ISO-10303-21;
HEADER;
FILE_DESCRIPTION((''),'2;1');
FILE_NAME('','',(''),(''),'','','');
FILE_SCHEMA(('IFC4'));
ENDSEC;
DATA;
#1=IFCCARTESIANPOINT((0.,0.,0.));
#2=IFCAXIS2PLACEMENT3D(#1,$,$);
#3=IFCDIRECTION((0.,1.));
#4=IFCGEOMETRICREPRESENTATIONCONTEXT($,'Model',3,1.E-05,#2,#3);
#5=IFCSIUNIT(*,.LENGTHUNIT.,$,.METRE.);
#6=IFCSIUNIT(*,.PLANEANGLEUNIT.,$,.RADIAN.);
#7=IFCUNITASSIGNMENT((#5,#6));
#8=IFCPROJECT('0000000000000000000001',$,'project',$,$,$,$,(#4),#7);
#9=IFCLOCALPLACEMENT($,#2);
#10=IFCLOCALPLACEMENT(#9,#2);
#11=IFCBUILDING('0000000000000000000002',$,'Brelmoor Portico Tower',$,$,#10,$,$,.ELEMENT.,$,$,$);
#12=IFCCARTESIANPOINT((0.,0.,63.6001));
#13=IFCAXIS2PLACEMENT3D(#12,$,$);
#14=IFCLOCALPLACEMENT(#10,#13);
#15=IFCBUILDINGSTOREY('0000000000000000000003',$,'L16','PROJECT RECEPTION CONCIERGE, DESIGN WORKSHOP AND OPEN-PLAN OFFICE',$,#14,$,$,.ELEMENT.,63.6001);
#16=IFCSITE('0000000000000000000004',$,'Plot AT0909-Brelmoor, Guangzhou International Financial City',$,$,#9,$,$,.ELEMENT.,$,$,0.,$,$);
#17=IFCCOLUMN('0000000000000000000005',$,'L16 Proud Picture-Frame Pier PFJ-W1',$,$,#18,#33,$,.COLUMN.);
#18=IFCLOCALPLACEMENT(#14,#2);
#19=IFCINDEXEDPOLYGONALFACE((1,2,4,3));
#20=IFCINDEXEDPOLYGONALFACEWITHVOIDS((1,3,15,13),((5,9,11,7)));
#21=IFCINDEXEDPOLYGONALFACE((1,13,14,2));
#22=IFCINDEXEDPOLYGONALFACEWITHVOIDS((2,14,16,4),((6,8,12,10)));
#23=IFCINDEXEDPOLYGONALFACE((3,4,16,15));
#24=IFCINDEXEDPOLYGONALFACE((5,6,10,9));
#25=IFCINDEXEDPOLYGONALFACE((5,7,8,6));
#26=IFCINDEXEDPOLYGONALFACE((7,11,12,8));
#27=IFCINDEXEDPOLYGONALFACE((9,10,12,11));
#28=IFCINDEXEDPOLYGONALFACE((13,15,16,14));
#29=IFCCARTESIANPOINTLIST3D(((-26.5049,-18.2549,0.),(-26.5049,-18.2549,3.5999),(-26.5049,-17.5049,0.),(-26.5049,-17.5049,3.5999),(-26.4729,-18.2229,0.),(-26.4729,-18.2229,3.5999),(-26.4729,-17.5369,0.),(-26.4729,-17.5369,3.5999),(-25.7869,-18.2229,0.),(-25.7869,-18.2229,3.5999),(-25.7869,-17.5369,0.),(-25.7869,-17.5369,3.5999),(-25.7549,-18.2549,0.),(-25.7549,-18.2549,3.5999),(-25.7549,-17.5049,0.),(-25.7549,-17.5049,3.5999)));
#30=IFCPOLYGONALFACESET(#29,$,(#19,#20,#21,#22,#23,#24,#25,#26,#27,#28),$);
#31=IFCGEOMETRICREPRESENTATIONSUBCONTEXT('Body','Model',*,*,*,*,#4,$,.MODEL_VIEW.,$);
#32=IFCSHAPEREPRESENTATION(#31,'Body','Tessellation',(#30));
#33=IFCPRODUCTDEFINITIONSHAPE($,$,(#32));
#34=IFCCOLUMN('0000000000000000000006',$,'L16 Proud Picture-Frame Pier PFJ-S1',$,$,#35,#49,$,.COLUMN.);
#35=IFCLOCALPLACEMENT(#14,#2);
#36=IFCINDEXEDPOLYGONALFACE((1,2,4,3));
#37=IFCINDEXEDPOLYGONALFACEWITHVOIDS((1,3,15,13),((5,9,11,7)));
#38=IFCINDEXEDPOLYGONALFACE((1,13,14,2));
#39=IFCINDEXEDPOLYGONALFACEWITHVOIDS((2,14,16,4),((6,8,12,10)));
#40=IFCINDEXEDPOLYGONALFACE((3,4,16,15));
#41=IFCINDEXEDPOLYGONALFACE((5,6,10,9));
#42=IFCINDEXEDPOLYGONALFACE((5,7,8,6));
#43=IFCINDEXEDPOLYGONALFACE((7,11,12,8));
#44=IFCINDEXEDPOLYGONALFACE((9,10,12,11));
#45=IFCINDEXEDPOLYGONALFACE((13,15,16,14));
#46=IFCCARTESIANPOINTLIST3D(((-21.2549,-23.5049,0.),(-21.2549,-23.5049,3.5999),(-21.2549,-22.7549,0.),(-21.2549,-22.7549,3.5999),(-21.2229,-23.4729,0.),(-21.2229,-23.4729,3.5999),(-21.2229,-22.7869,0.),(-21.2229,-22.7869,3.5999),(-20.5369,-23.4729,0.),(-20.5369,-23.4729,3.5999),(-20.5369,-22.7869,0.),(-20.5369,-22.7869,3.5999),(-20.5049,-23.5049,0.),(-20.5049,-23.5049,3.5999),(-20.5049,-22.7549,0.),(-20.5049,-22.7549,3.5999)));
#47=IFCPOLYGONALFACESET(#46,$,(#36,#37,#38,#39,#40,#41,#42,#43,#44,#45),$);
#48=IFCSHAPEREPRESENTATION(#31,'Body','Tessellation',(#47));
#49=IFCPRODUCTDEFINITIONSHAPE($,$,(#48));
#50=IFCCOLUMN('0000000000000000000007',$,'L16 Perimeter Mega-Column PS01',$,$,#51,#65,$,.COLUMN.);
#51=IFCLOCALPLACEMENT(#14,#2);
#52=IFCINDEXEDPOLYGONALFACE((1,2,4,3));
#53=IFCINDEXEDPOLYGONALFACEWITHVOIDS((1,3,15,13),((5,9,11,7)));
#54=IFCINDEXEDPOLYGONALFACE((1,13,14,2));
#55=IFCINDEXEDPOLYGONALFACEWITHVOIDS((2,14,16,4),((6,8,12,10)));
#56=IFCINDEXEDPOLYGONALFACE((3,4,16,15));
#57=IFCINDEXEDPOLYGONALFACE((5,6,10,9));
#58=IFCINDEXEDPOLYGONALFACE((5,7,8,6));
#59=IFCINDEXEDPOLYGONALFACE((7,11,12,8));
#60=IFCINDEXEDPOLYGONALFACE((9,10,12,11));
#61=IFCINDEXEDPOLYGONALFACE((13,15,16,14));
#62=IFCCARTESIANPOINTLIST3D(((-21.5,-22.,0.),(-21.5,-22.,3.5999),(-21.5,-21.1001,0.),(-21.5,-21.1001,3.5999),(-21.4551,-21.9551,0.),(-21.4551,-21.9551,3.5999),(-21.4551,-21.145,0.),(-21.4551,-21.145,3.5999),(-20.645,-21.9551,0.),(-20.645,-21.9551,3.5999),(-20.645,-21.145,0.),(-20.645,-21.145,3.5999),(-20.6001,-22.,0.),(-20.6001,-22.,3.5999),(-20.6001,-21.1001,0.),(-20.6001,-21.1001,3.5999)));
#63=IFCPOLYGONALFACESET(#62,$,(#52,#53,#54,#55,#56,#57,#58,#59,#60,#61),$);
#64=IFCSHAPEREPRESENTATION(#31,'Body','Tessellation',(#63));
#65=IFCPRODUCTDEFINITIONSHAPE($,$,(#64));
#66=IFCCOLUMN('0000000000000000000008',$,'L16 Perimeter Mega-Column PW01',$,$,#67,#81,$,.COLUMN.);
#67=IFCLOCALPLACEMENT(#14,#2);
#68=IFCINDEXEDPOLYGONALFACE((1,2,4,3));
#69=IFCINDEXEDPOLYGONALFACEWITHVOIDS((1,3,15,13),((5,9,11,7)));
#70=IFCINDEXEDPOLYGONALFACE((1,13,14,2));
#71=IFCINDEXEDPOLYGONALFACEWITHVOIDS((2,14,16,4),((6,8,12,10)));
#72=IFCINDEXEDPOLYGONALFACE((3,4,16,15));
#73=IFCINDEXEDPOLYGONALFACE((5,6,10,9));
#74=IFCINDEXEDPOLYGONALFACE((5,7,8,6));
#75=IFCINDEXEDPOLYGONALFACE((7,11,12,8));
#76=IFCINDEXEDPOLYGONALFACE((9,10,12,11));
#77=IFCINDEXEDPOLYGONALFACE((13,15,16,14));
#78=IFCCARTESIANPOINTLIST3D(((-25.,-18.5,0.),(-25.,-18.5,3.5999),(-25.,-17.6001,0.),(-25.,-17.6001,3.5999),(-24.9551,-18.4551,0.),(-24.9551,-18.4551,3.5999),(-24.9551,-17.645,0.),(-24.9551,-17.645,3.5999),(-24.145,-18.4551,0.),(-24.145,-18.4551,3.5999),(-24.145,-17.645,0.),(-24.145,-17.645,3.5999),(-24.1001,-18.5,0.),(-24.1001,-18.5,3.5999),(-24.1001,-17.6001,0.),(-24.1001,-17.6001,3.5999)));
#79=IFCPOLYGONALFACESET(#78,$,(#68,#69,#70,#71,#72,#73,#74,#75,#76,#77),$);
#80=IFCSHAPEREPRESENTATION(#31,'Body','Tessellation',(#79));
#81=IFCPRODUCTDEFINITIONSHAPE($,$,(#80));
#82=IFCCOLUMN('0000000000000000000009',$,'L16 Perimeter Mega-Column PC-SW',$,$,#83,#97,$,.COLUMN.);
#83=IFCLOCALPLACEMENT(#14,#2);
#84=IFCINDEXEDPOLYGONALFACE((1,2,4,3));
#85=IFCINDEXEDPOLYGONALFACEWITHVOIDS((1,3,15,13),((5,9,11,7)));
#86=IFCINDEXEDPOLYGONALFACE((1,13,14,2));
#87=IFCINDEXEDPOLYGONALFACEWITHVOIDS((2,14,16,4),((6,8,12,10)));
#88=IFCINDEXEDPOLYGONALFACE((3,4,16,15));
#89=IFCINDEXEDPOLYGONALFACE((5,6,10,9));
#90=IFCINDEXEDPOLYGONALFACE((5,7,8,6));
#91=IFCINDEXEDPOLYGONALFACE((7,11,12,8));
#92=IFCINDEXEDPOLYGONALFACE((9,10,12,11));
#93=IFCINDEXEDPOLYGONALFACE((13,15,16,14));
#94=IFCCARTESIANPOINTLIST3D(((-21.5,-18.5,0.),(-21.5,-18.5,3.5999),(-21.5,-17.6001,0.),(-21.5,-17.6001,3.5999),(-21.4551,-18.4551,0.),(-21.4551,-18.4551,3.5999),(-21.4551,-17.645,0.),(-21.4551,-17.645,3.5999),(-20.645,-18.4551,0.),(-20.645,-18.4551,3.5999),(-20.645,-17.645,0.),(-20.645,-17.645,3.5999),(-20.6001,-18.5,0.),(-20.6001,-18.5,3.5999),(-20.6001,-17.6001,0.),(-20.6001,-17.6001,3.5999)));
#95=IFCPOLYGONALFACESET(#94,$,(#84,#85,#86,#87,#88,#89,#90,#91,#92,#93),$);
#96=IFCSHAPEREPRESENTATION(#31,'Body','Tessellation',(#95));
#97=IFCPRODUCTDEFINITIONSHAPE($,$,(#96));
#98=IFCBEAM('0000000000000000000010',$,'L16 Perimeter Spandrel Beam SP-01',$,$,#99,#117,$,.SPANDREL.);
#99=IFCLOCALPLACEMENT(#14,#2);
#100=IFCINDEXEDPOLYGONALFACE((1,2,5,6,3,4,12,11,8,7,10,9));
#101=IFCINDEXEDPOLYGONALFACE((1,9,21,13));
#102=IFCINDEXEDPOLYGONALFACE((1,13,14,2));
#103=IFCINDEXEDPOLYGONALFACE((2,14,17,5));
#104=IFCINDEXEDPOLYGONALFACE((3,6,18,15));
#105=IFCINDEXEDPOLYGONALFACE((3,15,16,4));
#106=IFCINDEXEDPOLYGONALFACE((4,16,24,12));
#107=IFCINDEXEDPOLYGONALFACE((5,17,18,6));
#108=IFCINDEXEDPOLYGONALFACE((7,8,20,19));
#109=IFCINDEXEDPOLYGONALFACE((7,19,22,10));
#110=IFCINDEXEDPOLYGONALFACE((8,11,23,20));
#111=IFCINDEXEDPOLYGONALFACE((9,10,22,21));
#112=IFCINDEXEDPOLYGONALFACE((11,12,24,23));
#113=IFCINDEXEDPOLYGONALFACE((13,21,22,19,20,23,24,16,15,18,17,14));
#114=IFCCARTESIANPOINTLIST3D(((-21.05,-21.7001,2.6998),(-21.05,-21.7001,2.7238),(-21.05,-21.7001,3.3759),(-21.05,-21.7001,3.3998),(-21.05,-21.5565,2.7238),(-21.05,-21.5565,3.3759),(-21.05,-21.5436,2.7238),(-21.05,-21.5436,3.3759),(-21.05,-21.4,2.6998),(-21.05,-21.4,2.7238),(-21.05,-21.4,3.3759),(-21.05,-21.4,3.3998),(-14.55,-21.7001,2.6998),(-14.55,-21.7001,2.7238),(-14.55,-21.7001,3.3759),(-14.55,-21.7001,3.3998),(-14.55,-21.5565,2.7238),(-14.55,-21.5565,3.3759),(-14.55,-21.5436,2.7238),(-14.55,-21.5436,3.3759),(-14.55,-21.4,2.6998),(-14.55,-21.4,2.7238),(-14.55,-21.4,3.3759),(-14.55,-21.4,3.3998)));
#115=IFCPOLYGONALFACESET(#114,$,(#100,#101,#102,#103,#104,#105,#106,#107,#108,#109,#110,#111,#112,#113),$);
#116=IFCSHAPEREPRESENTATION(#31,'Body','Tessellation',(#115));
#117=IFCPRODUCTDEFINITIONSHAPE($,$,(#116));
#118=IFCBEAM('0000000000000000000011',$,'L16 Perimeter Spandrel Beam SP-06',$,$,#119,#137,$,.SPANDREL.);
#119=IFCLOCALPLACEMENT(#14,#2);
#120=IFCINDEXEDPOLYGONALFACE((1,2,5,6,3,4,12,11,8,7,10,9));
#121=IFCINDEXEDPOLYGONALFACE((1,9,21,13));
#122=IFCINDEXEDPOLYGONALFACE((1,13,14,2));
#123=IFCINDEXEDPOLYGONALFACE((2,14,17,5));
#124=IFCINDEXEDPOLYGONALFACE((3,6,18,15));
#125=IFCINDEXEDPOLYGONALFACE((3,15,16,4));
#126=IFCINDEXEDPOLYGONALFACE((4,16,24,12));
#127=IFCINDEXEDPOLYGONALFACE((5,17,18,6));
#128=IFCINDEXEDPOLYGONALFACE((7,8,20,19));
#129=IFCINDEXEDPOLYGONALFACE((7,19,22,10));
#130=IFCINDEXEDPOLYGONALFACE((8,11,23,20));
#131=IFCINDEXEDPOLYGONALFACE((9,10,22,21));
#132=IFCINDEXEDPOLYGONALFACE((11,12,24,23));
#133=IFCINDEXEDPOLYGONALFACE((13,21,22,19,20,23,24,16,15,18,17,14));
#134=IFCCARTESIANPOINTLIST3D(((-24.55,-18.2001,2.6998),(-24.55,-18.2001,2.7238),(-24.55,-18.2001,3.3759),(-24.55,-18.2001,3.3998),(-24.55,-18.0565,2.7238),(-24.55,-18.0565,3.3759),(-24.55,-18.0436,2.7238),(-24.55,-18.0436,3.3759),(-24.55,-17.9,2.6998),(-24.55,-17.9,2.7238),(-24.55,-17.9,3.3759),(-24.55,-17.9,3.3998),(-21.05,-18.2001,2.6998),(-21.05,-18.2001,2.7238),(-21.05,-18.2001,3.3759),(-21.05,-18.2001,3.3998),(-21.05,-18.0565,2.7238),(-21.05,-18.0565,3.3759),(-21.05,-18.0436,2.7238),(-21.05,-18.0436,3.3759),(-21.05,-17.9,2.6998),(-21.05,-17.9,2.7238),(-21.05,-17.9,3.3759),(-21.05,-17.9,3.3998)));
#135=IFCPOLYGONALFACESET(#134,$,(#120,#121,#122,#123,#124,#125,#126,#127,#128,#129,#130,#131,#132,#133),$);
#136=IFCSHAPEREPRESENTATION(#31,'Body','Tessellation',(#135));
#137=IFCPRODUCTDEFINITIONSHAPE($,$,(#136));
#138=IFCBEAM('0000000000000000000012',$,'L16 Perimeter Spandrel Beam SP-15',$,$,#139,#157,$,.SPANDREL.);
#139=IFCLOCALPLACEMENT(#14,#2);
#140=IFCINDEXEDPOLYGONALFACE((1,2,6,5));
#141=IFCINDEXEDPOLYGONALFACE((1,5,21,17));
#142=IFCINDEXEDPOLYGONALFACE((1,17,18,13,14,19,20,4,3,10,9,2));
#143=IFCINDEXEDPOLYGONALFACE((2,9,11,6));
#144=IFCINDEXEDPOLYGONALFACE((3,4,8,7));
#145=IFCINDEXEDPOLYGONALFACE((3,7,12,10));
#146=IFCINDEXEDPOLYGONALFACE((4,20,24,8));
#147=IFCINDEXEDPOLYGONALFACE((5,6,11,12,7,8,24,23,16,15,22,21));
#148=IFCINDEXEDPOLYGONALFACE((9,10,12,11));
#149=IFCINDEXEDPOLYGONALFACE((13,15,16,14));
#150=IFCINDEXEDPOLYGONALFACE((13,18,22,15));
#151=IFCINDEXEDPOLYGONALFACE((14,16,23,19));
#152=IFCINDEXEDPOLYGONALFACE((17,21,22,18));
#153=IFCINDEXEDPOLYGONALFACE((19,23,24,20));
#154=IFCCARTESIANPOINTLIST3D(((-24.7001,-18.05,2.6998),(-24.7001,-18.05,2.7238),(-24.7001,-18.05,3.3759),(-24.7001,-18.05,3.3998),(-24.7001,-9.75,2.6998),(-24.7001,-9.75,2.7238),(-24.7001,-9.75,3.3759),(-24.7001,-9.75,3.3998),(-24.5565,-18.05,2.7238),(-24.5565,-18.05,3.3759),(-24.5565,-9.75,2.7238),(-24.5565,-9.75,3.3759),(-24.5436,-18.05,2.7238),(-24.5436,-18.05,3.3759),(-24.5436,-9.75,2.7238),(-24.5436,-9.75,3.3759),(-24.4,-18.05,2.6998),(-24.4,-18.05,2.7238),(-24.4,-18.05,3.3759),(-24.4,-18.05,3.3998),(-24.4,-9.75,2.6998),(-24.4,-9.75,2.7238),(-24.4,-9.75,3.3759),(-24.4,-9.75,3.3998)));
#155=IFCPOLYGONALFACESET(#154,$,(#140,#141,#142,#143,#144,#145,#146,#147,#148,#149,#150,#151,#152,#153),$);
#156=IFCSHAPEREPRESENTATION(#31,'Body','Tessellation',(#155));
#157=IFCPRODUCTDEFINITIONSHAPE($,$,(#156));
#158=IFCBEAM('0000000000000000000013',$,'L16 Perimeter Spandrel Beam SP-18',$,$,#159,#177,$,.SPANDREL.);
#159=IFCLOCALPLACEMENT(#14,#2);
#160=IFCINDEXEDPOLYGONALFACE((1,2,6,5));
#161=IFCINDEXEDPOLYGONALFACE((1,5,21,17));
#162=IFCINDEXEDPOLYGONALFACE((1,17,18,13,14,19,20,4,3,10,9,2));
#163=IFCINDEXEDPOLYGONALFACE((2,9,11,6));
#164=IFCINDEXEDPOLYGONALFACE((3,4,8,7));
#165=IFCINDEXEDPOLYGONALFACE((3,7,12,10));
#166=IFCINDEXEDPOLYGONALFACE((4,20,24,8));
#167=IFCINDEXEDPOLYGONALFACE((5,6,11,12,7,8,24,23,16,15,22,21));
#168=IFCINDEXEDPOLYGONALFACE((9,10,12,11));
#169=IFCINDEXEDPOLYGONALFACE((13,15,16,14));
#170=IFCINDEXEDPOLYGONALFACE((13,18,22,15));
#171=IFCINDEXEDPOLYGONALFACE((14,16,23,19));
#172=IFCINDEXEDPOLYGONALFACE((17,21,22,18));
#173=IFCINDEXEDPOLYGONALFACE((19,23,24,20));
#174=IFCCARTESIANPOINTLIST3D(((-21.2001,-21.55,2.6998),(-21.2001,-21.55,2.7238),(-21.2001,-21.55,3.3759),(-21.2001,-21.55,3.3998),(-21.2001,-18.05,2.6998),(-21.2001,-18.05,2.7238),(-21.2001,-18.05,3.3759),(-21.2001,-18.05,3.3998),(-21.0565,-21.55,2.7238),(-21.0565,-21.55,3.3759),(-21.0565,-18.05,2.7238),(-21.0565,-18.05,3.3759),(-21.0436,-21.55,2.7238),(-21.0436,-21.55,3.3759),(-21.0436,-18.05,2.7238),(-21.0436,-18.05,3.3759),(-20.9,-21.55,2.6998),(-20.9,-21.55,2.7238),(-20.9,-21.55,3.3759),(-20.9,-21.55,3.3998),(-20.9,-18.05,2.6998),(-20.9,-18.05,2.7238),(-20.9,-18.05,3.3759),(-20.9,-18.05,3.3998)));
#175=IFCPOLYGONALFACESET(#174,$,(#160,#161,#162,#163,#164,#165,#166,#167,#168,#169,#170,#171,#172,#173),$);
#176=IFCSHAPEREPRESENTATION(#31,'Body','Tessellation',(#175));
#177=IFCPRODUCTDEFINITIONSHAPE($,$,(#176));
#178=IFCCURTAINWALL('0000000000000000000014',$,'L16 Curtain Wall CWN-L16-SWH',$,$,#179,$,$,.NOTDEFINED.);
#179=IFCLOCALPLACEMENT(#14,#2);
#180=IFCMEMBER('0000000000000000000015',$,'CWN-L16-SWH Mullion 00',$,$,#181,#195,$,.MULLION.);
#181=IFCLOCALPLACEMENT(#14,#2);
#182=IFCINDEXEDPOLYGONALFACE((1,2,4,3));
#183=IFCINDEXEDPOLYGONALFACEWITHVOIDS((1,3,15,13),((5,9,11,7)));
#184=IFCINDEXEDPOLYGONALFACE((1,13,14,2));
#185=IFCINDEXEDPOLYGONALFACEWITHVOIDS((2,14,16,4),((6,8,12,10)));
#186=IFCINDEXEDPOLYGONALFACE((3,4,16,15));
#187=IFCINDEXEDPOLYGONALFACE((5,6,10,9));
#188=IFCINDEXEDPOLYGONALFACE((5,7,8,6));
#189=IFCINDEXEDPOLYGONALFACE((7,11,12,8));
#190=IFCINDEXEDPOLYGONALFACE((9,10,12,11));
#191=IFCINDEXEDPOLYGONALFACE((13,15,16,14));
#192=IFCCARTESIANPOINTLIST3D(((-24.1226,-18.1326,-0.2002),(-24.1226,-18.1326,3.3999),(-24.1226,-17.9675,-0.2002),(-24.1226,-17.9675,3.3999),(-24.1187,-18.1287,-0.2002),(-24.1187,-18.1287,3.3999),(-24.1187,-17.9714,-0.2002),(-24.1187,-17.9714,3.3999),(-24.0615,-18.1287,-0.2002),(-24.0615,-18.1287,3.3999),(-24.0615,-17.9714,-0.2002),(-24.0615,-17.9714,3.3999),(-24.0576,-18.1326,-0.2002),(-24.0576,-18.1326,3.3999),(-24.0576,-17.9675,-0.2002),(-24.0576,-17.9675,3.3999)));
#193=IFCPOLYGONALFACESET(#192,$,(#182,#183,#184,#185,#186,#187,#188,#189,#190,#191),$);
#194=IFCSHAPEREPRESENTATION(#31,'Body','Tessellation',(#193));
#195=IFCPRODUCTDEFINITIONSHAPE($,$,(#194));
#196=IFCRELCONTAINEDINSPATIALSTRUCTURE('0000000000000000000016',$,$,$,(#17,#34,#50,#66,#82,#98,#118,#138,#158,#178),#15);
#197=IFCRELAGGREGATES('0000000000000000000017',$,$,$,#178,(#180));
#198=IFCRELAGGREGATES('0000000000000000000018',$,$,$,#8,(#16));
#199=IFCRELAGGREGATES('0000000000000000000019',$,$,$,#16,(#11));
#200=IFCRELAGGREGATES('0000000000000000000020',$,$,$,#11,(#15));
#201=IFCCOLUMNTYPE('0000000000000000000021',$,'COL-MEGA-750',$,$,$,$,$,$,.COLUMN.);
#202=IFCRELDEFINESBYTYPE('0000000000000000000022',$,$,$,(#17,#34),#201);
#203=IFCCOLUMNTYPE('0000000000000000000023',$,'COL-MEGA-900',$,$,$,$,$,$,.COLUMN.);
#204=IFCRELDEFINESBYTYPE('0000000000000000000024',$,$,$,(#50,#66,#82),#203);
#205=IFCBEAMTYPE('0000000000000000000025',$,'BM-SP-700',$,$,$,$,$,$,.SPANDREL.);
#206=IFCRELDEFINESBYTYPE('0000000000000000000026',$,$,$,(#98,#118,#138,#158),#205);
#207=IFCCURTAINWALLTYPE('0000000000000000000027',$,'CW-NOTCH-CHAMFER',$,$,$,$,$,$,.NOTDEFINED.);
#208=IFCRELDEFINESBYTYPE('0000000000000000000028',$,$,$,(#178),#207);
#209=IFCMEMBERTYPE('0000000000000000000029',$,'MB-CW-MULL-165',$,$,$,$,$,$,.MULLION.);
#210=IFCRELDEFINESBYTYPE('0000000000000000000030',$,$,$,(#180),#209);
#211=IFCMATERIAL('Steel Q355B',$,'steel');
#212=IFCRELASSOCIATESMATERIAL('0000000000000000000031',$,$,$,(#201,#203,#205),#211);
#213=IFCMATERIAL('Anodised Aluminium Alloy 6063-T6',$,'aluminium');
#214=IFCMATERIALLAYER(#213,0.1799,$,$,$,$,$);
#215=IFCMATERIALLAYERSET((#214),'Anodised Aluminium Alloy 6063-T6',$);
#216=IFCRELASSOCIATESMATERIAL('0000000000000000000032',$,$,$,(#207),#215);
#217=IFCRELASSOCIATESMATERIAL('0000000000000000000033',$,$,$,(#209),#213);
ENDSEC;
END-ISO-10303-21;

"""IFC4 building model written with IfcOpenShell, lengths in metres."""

from ifc_helpers import new_model, si_unit, direction, frame, origin, origin_2d, place, context, subcontext, project, spatial, hollow_rectangle, i_section, extrude, material, layer, layer_set, material_profile, profile_set, type_object, element, aggregate, save


model = new_model("IFC4")

# Units and contexts
model_context = context("Model", 3, precision=1e-05, world=origin(), true_north=direction((0.0, 1.0)))
body_context = subcontext(model_context, "Body", "Model", "MODEL_VIEW")
ifc_project = project(units=[si_unit("LENGTHUNIT", "METRE"), si_unit("PLANEANGLEUNIT", "RADIAN")], contexts=[model_context])

# Site, building, storey
site_placement = place(None, origin())
site = spatial("IfcSite", under=ifc_project, at=site_placement, Name="Plot AT0909-Brelmoor, Guangzhou International Financial City", CompositionType="ELEMENT", RefElevation=0.0)
building_placement = place(site_placement, origin())
building = spatial("IfcBuilding", under=site, at=building_placement, Name="Brelmoor Portico Tower", CompositionType="ELEMENT")
storey_placement = place(building_placement, frame((0.0, 0.0, 63.6001)))
storey = spatial("IfcBuildingStorey", under=building, at=storey_placement, Name="L16", Description="PROJECT RECEPTION CONCIERGE, DESIGN WORKSHOP AND OPEN-PLAN OFFICE", CompositionType="ELEMENT", Elevation=63.6001)

# Columns
ifc_material_1 = material(Name="Steel Q355B", Category="steel")
ifc_material_profile_1 = material_profile(ifc_material_1, hollow_rectangle(XDim=0.75, YDim=0.75, WallThickness=0.032, at=origin_2d()), Name="BOX 750x750x32")
ifc_profile_set_1 = profile_set([ifc_material_profile_1], Name="Steel Q355B")
column_type_1 = type_object("IfcColumnType", Name="COL-MEGA-750", PredefinedType="COLUMN", material=ifc_profile_set_1)
for number, where, z_axis, x_axis, name in (
    (1, (-26.1299, -17.8799, 0.0), (0.0, 0.0, 1.0), (0.0, 1.0, 0.0), "L16 Proud Picture-Frame Pier PFJ-W1"),
    (2, (-20.8799, -23.1299, 0.0), (0.0, 0.0, 1.0), (1.0, 0.0, 0.0), "L16 Proud Picture-Frame Pier PFJ-S1"),
):
    element("IfcColumn", number, at=place(storey_placement, frame(where, z_axis=z_axis, x_axis=x_axis)), inside=storey, type_object=column_type_1, Name=name, PredefinedType="COLUMN", context=body_context, shape_type="SweptSolid", body=[
        extrude(hollow_rectangle(XDim=0.75, YDim=0.75, WallThickness=0.032, at=origin_2d()), origin(), (0.0, 0.0, 1.0), 3.5999),
    ])
ifc_material_profile_2 = material_profile(ifc_material_1, hollow_rectangle(XDim=0.8999, YDim=0.8999, WallThickness=0.0449, at=origin_2d()), Name="BOX 900x900x45")
ifc_profile_set_2 = profile_set([ifc_material_profile_2], Name="Steel Q355B")
column_type_2 = type_object("IfcColumnType", Name="COL-MEGA-900", PredefinedType="COLUMN", material=ifc_profile_set_2)
for number, where, z_axis, x_axis, name in (
    (3, (-21.05, -21.55, 0.0), (0.0, 0.0, 1.0), (1.0, 0.0, 0.0), "L16 Perimeter Mega-Column PS01"),
    (4, (-24.55, -18.05, 0.0), (0.0, 0.0, 1.0), (0.0, 1.0, 0.0), "L16 Perimeter Mega-Column PW01"),
    (5, (-21.05, -18.05, 0.0), (0.0, 0.0, 1.0), (1.0, 0.0, 0.0), "L16 Perimeter Mega-Column PC-SW"),
):
    element("IfcColumn", number, at=place(storey_placement, frame(where, z_axis=z_axis, x_axis=x_axis)), inside=storey, type_object=column_type_2, Name=name, PredefinedType="COLUMN", context=body_context, shape_type="SweptSolid", body=[
        extrude(hollow_rectangle(XDim=0.8999, YDim=0.8999, WallThickness=0.0449, at=origin_2d()), origin(), (0.0, 0.0, 1.0), 3.5999),
    ])

# Beams
ifc_material_profile_3 = material_profile(ifc_material_1, i_section(OverallWidth=0.3, OverallDepth=0.7, WebThickness=0.0129, FlangeThickness=0.0239, at=origin_2d()), Name="HN 700x300x13x24")
ifc_profile_set_3 = profile_set([ifc_material_profile_3], Name="Steel Q355B")
beam_type = type_object("IfcBeamType", Name="BM-SP-700", PredefinedType="SPANDREL", material=ifc_profile_set_3)
beam_1_placement = place(storey_placement, frame((-21.05, -21.55, 3.0498), z_axis=(1.0, 0.0, 0.0), x_axis=(0.0, 1.0, 0.0)))
element("IfcBeam", 6, at=beam_1_placement, inside=storey, type_object=beam_type, Name="L16 Perimeter Spandrel Beam SP-01", PredefinedType="SPANDREL", context=body_context, shape_type="SweptSolid", body=[
    extrude(i_section(OverallWidth=0.3, OverallDepth=0.7, WebThickness=0.0129, FlangeThickness=0.0239, at=origin_2d()), origin(), (0.0, 0.0, 1.0), 6.5),
])
beam_2_placement = place(storey_placement, frame((-24.55, -18.05, 3.0498), z_axis=(1.0, 0.0, 0.0), x_axis=(0.0, 1.0, 0.0)))
element("IfcBeam", 7, at=beam_2_placement, inside=storey, type_object=beam_type, Name="L16 Perimeter Spandrel Beam SP-06", PredefinedType="SPANDREL", context=body_context, shape_type="SweptSolid", body=[
    extrude(i_section(OverallWidth=0.3, OverallDepth=0.7, WebThickness=0.0129, FlangeThickness=0.0239, at=origin_2d()), origin(), (0.0, 0.0, 1.0), 3.5),
])
beam_3_placement = place(storey_placement, frame((-24.55, -18.05, 3.0498), z_axis=(0.0, 1.0, 0.0), x_axis=(-1.0, 0.0, 0.0)))
element("IfcBeam", 8, at=beam_3_placement, inside=storey, type_object=beam_type, Name="L16 Perimeter Spandrel Beam SP-15", PredefinedType="SPANDREL", context=body_context, shape_type="SweptSolid", body=[
    extrude(i_section(OverallWidth=0.3, OverallDepth=0.7, WebThickness=0.0129, FlangeThickness=0.0239, at=origin_2d()), origin(), (0.0, 0.0, 1.0), 8.3),
])
beam_4_placement = place(storey_placement, frame((-21.05, -21.55, 3.0498), z_axis=(0.0, 1.0, 0.0), x_axis=(-1.0, 0.0, 0.0)))
element("IfcBeam", 9, at=beam_4_placement, inside=storey, type_object=beam_type, Name="L16 Perimeter Spandrel Beam SP-18", PredefinedType="SPANDREL", context=body_context, shape_type="SweptSolid", body=[
    extrude(i_section(OverallWidth=0.3, OverallDepth=0.7, WebThickness=0.0129, FlangeThickness=0.0239, at=origin_2d()), origin(), (0.0, 0.0, 1.0), 3.5),
])

# Curtain wall, member
ifc_material_2 = material(Name="Anodised Aluminium Alloy 6063-T6", Category="aluminium")
ifc_layer_1 = layer(ifc_material_2, 0.1799)
ifc_layer_set_1 = layer_set([ifc_layer_1], Name="Anodised Aluminium Alloy 6063-T6")
curtain_wall_type = type_object("IfcCurtainWallType", Name="CW-NOTCH-CHAMFER", PredefinedType="NOTDEFINED", material=ifc_layer_set_1)
curtain_wall_1_placement = place(storey_placement, origin())
curtain_wall_1 = element("IfcCurtainWall", 10, at=curtain_wall_1_placement, inside=storey, type_object=curtain_wall_type, Name="L16 Curtain Wall CWN-L16-SWH", PredefinedType="NOTDEFINED")
ifc_material_profile_4 = material_profile(ifc_material_2, hollow_rectangle(XDim=0.0649, YDim=0.165, WallThickness=0.0039, at=origin_2d()), Name="ALU MULLION 65x165")
ifc_profile_set_4 = profile_set([ifc_material_profile_4], Name="Anodised Aluminium Alloy 6063-T6")
member_type_1 = type_object("IfcMemberType", Name="MB-CW-MULL-165", PredefinedType="MULLION", material=ifc_profile_set_4)
member_1_placement = place(storey_placement, frame((-24.0901, -18.05, -0.2002), z_axis=(0.0, 0.0, 1.0), x_axis=(1.0, 0.0, 0.0)))
member_1 = element("IfcMember", 11, at=member_1_placement, type_object=member_type_1, Name="CWN-L16-SWH Mullion 00", PredefinedType="MULLION", context=body_context, shape_type="SweptSolid", body=[
    extrude(hollow_rectangle(XDim=0.0649, YDim=0.165, WallThickness=0.0039, at=origin_2d()), origin(), (0.0, 0.0, 1.0), 3.6001),
])

aggregate(curtain_wall_1, [member_1])

save(model, "model.ifc")
